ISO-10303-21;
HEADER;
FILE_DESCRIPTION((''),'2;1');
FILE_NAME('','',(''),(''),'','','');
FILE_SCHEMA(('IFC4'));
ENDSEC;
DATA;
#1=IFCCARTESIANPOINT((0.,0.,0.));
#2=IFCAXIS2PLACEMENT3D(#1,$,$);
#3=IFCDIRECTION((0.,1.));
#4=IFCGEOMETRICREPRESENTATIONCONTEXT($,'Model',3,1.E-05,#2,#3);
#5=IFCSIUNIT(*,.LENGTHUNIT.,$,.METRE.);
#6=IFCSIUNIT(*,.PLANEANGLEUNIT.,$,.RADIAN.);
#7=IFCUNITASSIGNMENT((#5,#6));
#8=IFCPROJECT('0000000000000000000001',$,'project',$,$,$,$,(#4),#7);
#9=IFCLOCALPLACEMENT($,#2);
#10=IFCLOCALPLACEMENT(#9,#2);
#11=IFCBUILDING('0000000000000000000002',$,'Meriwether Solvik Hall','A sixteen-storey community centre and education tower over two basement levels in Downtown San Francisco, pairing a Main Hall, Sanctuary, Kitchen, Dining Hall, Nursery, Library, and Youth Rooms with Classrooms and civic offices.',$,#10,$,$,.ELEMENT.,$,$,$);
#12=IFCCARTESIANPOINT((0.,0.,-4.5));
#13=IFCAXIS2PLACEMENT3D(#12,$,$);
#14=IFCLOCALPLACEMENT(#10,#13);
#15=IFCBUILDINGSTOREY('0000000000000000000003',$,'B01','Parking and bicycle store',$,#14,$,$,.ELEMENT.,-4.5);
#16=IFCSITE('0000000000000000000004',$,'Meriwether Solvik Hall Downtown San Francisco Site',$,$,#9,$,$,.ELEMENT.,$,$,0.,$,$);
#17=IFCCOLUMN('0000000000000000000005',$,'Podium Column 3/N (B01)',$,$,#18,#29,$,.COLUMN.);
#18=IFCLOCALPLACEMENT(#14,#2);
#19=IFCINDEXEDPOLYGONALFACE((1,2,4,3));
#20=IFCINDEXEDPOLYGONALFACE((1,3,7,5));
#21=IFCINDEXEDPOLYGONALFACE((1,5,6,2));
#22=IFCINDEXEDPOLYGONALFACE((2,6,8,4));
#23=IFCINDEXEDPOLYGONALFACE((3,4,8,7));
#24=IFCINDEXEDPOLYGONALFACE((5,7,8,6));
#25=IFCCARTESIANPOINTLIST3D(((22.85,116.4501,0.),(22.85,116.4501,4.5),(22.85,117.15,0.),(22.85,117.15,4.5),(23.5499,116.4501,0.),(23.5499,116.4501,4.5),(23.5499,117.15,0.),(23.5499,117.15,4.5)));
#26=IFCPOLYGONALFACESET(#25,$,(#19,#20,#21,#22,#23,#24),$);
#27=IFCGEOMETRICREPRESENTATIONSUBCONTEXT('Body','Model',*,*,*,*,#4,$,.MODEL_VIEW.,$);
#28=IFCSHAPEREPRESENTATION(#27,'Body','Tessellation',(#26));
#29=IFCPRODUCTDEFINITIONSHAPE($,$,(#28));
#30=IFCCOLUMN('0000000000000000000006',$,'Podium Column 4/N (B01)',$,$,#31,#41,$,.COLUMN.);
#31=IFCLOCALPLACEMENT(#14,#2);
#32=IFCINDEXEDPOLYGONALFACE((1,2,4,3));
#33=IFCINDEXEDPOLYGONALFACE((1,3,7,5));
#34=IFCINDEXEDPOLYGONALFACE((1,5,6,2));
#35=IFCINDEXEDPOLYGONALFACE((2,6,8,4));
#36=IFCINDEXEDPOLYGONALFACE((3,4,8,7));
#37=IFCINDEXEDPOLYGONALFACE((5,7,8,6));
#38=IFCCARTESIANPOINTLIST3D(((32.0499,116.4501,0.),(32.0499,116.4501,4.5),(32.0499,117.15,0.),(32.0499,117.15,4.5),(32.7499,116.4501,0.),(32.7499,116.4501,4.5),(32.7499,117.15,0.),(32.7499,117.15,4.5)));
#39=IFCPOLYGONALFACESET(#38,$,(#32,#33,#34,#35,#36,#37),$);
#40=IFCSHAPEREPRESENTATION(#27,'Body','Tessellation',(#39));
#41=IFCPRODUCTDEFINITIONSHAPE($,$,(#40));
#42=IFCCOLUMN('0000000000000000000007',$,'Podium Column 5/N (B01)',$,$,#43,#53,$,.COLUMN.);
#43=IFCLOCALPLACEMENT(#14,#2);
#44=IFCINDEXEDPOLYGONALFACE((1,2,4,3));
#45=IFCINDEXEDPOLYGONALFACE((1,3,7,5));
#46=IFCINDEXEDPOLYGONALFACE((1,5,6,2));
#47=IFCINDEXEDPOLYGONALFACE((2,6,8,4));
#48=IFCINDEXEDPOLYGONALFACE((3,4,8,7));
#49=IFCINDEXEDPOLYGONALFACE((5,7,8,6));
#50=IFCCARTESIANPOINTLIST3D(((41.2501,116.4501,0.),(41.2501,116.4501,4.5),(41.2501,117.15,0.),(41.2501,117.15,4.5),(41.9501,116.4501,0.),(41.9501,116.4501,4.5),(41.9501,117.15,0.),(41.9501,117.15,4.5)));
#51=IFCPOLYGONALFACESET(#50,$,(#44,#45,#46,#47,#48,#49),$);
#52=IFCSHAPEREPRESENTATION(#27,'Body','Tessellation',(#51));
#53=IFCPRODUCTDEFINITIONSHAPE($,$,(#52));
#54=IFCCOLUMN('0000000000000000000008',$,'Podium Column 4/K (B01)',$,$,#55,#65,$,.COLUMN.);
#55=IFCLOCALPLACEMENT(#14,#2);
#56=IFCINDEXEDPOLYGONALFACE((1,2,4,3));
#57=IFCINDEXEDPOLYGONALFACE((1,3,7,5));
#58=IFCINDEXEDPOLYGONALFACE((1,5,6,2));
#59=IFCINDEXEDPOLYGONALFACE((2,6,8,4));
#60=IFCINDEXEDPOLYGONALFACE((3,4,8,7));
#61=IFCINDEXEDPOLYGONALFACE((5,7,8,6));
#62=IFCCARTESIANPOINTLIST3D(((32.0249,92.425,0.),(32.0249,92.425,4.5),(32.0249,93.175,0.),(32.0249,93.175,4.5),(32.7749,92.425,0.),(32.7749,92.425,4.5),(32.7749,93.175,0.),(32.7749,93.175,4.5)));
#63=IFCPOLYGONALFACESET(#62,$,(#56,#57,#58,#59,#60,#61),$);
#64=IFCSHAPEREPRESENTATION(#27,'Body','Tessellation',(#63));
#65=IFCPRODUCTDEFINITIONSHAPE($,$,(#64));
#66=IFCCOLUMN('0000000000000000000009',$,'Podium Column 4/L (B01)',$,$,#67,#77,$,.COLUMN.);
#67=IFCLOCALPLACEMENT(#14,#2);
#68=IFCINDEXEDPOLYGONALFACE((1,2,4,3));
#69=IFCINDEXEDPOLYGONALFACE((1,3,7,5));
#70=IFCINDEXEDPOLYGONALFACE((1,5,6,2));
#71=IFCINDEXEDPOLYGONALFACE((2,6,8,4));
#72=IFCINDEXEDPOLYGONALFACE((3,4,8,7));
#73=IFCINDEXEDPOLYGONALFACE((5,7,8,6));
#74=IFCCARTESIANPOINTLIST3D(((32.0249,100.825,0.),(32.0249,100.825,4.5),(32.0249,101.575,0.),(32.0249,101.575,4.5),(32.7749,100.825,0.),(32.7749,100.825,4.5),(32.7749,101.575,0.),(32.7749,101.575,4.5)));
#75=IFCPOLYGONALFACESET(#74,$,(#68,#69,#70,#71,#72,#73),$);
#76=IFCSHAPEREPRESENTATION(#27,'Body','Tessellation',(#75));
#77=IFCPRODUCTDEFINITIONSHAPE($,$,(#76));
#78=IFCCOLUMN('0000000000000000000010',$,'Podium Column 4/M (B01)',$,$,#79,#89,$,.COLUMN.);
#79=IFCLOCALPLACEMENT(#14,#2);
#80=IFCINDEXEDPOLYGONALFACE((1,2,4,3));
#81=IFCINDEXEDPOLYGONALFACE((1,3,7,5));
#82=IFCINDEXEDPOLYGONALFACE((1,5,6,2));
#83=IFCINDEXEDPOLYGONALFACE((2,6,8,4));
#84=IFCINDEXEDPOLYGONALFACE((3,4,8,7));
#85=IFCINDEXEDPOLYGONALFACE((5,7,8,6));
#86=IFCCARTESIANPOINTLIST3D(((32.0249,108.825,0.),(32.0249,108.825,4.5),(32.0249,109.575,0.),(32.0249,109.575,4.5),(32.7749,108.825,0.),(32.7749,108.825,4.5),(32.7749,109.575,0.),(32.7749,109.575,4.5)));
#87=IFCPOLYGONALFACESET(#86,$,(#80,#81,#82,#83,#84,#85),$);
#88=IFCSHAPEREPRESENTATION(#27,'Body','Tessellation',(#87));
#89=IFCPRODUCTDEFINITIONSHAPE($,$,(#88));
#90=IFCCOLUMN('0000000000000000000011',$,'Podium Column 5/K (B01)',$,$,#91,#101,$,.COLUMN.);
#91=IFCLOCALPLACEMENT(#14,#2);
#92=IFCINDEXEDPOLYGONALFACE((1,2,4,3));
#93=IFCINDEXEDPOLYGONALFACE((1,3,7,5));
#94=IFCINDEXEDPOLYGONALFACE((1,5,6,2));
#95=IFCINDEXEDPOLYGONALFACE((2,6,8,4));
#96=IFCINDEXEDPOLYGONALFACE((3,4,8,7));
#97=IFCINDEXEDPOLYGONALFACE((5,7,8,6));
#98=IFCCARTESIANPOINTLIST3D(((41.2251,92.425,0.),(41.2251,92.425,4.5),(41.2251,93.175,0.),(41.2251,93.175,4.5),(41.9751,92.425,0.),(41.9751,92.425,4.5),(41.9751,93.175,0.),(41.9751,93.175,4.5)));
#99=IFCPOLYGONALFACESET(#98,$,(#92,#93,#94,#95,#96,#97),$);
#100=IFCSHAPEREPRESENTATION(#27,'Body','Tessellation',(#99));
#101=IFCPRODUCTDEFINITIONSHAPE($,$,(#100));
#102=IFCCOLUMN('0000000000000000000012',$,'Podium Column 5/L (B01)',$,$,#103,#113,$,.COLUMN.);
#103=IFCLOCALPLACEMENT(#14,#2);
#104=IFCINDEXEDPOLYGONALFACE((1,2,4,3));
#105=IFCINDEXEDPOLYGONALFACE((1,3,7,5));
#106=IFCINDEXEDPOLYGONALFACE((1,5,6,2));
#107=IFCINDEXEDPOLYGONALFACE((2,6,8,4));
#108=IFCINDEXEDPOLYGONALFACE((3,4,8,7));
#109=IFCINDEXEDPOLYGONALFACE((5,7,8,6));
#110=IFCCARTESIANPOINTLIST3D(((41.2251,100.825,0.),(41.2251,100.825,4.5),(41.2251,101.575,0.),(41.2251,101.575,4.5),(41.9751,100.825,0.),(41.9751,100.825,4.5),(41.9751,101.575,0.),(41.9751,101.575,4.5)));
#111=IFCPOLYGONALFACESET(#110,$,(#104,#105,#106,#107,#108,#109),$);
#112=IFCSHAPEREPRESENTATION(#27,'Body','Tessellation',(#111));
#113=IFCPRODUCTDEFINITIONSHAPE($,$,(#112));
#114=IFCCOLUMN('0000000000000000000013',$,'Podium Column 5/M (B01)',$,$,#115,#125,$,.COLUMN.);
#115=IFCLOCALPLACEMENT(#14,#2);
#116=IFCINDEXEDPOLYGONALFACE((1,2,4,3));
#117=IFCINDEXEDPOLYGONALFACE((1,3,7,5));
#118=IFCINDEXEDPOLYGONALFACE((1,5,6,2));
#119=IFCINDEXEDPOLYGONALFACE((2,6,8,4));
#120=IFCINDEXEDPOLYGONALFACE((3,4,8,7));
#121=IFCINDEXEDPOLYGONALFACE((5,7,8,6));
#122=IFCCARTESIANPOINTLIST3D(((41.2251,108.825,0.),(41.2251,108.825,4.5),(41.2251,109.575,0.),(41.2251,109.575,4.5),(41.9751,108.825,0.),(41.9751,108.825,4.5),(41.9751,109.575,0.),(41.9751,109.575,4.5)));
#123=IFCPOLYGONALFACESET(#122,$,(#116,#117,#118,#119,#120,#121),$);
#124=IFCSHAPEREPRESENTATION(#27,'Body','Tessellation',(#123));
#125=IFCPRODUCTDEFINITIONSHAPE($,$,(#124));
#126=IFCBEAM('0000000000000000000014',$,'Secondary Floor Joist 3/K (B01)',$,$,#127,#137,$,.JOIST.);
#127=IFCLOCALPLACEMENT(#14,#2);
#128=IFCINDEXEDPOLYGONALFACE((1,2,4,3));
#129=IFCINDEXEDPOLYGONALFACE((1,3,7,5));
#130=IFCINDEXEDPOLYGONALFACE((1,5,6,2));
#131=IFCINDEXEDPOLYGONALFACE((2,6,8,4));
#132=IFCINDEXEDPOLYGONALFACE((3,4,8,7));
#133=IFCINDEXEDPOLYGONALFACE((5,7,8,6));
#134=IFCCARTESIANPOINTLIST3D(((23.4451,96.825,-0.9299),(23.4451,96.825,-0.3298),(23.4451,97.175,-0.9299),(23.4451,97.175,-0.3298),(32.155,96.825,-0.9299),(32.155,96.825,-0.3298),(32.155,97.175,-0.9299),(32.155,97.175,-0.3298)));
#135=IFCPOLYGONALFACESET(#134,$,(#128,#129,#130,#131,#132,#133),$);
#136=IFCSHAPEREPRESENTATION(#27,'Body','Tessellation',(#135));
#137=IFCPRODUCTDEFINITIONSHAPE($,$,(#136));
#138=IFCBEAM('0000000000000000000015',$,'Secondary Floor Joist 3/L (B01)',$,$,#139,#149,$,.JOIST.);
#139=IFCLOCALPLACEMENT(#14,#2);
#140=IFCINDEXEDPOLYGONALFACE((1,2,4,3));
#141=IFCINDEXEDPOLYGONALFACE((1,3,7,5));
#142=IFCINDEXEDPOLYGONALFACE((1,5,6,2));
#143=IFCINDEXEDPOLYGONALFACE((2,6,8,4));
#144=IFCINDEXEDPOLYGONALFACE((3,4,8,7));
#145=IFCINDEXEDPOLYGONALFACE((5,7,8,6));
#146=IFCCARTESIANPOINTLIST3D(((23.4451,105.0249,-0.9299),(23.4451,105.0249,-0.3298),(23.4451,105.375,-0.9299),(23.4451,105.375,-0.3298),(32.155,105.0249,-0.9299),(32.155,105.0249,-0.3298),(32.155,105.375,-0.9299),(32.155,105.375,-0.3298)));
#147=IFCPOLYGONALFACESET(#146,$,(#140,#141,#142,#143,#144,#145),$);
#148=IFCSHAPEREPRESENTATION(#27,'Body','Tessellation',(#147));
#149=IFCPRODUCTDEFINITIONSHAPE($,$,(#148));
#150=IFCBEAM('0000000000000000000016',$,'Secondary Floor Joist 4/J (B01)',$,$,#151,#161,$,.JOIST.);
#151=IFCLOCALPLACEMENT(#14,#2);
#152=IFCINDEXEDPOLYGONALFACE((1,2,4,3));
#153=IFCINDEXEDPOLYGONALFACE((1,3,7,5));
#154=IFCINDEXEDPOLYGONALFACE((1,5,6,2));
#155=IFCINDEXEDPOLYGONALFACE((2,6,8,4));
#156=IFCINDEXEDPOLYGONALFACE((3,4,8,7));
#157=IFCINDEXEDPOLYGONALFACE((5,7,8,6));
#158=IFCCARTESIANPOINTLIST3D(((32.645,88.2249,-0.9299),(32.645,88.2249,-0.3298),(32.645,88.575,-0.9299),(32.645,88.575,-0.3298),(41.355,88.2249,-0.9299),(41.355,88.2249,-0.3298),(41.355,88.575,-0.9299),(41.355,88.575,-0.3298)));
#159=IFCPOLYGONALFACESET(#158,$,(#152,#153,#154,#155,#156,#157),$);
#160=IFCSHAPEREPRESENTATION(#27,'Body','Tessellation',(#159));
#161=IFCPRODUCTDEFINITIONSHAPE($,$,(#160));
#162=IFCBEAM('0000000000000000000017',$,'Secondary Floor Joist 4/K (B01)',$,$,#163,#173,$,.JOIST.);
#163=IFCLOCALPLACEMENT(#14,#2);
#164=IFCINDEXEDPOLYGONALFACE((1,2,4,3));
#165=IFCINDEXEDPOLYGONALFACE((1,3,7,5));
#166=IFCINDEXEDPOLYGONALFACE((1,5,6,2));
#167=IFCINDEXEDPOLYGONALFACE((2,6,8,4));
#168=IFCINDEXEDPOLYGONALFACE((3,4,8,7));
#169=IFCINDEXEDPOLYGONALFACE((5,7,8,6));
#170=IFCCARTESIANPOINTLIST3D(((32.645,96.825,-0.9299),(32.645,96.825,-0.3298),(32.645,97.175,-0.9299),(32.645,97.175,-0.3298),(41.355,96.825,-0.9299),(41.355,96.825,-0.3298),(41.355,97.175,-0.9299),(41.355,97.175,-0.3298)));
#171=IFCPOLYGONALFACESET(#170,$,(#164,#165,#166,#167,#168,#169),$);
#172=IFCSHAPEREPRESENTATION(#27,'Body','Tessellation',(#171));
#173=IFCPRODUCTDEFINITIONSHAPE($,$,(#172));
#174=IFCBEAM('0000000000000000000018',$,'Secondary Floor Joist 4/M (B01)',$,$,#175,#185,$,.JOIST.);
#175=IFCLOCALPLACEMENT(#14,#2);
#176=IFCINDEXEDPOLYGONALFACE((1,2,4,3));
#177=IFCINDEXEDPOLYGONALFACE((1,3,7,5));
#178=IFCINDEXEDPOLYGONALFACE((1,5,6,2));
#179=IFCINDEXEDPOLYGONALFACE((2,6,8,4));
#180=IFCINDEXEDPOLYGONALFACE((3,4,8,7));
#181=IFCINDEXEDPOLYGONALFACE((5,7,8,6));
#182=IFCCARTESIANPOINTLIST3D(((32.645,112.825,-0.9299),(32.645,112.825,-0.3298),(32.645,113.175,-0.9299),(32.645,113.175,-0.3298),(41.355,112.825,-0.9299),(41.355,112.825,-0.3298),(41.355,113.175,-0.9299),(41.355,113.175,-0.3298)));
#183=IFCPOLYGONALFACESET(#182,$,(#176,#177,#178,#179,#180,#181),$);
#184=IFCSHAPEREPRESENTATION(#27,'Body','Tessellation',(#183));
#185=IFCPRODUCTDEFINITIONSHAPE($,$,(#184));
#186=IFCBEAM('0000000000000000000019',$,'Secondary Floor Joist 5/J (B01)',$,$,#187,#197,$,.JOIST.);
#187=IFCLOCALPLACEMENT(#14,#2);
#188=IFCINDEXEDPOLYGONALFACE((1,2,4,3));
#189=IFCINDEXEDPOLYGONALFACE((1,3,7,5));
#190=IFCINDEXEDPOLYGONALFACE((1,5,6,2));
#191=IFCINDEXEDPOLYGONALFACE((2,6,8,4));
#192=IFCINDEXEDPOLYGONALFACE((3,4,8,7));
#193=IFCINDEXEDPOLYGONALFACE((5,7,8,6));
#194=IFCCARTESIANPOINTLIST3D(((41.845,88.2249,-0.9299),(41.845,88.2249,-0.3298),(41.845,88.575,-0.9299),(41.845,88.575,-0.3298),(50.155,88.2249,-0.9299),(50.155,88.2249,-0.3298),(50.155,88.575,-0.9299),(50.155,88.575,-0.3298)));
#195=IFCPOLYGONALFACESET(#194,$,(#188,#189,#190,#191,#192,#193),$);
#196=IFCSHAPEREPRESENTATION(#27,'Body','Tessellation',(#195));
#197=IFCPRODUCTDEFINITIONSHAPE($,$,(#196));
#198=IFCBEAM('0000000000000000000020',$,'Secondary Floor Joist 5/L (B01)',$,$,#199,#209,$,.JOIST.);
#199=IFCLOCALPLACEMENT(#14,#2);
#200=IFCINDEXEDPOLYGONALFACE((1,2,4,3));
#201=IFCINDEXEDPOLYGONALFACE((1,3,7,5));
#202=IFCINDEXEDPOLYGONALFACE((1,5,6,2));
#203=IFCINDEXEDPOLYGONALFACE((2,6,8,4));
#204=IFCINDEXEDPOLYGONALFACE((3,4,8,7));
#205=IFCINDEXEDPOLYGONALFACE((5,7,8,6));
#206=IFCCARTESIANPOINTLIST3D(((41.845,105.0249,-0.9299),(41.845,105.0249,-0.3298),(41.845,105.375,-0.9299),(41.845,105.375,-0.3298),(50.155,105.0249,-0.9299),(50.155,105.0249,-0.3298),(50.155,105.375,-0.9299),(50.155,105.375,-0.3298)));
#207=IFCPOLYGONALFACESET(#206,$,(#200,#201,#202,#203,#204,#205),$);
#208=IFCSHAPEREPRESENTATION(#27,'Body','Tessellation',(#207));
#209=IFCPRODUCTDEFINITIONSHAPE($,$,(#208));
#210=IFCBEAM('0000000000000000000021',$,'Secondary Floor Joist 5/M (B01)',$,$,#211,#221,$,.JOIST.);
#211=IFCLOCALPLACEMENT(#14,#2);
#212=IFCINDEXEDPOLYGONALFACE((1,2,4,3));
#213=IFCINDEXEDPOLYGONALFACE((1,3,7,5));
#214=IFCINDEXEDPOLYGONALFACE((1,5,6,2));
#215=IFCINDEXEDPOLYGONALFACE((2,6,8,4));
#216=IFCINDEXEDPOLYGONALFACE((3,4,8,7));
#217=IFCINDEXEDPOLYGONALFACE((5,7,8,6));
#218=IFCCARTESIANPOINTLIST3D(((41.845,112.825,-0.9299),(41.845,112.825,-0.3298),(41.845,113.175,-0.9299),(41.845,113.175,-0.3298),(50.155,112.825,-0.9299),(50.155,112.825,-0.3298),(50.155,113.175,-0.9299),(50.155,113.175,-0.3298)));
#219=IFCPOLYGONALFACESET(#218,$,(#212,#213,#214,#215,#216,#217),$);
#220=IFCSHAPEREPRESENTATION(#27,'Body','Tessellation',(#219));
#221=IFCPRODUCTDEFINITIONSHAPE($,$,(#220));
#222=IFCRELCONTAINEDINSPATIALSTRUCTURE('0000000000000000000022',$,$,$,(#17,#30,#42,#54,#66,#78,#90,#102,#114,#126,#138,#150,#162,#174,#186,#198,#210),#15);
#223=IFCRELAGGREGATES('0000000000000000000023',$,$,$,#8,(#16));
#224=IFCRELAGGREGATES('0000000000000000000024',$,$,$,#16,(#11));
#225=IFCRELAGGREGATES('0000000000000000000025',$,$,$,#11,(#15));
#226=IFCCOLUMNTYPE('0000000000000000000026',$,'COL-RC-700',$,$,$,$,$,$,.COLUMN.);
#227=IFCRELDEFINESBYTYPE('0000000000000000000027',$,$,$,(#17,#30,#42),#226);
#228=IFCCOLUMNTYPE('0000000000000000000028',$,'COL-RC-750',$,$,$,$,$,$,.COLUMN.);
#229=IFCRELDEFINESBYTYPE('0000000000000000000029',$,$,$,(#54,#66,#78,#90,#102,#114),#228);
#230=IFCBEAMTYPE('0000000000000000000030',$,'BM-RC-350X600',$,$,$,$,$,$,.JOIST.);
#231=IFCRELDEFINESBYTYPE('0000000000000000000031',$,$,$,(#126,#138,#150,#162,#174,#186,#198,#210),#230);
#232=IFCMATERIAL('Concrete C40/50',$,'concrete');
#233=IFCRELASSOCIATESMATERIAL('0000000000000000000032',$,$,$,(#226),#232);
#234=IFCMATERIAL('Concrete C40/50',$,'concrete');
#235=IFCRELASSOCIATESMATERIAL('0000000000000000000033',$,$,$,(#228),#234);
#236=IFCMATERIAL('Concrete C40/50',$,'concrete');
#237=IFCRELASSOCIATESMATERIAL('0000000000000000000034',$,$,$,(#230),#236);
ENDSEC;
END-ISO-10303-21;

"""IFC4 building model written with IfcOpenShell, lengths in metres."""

from ifc_helpers import new_model, si_unit, direction, frame, origin, origin_2d, place, context, subcontext, project, spatial, rectangle, extrude, material, material_profile, profile_set, type_object, element, save


model = new_model("IFC4")

# Units and contexts
model_context = context("Model", 3, precision=1e-05, world=origin(), true_north=direction((0.0, 1.0)))
body_context = subcontext(model_context, "Body", "Model", "MODEL_VIEW")
ifc_project = project(units=[si_unit("LENGTHUNIT", "METRE"), si_unit("PLANEANGLEUNIT", "RADIAN")], contexts=[model_context])

# Site, building, storey
site_placement = place(None, origin())
site = spatial("IfcSite", under=ifc_project, at=site_placement, Name="Meriwether Solvik Hall Downtown San Francisco Site", CompositionType="ELEMENT", RefElevation=0.0)
building_placement = place(site_placement, origin())
building = spatial("IfcBuilding", under=site, at=building_placement, Name="Meriwether Solvik Hall", Description="A sixteen-storey community centre and education tower over two basement levels in Downtown San Francisco, pairing a Main Hall, Sanctuary, Kitchen, Dining Hall, Nursery, Library, and Youth Rooms with Classrooms and civic offices.", CompositionType="ELEMENT")
storey_placement = place(building_placement, frame((0.0, 0.0, -4.5)))
storey = spatial("IfcBuildingStorey", under=building, at=storey_placement, Name="B01", Description="Parking and bicycle store", CompositionType="ELEMENT", Elevation=-4.5)

# Columns
ifc_material_1 = material(Name="Concrete C40/50", Category="concrete")
ifc_material_profile_1 = material_profile(ifc_material_1, rectangle(XDim=0.7, YDim=0.7, at=origin_2d()), Name="RCC-700X700")
ifc_profile_set_1 = profile_set([ifc_material_profile_1], Name="Concrete C40/50")
column_type_1 = type_object("IfcColumnType", Name="COL-RC-700", PredefinedType="COLUMN", material=ifc_profile_set_1)
for number, where, z_axis, x_axis, name in (
    (1, (23.2, 116.8, 0.0), (0.0, 0.0, 1.0), (1.0, 0.0, 0.0), "Podium Column 3/N (B01)"),
    (2, (32.3999, 116.8, 0.0), (0.0, 0.0, 1.0), (1.0, 0.0, 0.0), "Podium Column 4/N (B01)"),
    (3, (41.6001, 116.8, 0.0), (0.0, 0.0, 1.0), (1.0, 0.0, 0.0), "Podium Column 5/N (B01)"),
):
    element("IfcColumn", number, at=place(storey_placement, frame(where, z_axis=z_axis, x_axis=x_axis)), inside=storey, type_object=column_type_1, Name=name, PredefinedType="COLUMN", context=body_context, shape_type="SweptSolid", body=[
        extrude(rectangle(XDim=0.7, YDim=0.7, at=origin_2d()), origin(), (0.0, 0.0, 1.0), 4.5),
    ])
ifc_material_2 = material(Name="Concrete C40/50", Category="concrete")
ifc_material_profile_2 = material_profile(ifc_material_2, rectangle(XDim=0.75, YDim=0.75, at=origin_2d()), Name="RCC-750X750")
ifc_profile_set_2 = profile_set([ifc_material_profile_2], Name="Concrete C40/50")
column_type_2 = type_object("IfcColumnType", Name="COL-RC-750", PredefinedType="COLUMN", material=ifc_profile_set_2)
for number, where, z_axis, x_axis, name in (
    (4, (32.3999, 92.8, 0.0), (0.0, 0.0, 1.0), (1.0, 0.0, 0.0), "Podium Column 4/K (B01)"),
    (5, (32.3999, 101.2, 0.0), (0.0, 0.0, 1.0), (1.0, 0.0, 0.0), "Podium Column 4/L (B01)"),
    (6, (32.3999, 109.2, 0.0), (0.0, 0.0, 1.0), (1.0, 0.0, 0.0), "Podium Column 4/M (B01)"),
    (7, (41.6001, 92.8, 0.0), (0.0, 0.0, 1.0), (1.0, 0.0, 0.0), "Podium Column 5/K (B01)"),
    (8, (41.6001, 101.2, 0.0), (0.0, 0.0, 1.0), (1.0, 0.0, 0.0), "Podium Column 5/L (B01)"),
    (9, (41.6001, 109.2, 0.0), (0.0, 0.0, 1.0), (1.0, 0.0, 0.0), "Podium Column 5/M (B01)"),
):
    element("IfcColumn", number, at=place(storey_placement, frame(where, z_axis=z_axis, x_axis=x_axis)), inside=storey, type_object=column_type_2, Name=name, PredefinedType="COLUMN", context=body_context, shape_type="SweptSolid", body=[
        extrude(rectangle(XDim=0.75, YDim=0.75, at=origin_2d()), origin(), (0.0, 0.0, 1.0), 4.5),
    ])

# Beams
ifc_material_3 = material(Name="Concrete C40/50", Category="concrete")
ifc_material_profile_3 = material_profile(ifc_material_3, rectangle(XDim=0.3501, YDim=0.6001, at=origin_2d()), Name="RCB-350X600")
ifc_profile_set_3 = profile_set([ifc_material_profile_3], Name="Concrete C40/50")
beam_type_1 = type_object("IfcBeamType", Name="BM-RC-350X600", PredefinedType="JOIST", material=ifc_profile_set_3)
for number, where, z_axis, x_axis, name in (
    (10, (23.4451, 97.0, -0.6299), (1.0, 0.0, 0.0), (0.0, 1.0, 0.0), "Secondary Floor Joist 3/K (B01)"),
    (11, (23.4451, 105.2, -0.6299), (1.0, 0.0, 0.0), (0.0, 1.0, 0.0), "Secondary Floor Joist 3/L (B01)"),
    (12, (32.645, 88.3999, -0.6299), (1.0, 0.0, 0.0), (0.0, 1.0, 0.0), "Secondary Floor Joist 4/J (B01)"),
    (13, (32.645, 97.0, -0.6299), (1.0, 0.0, 0.0), (0.0, 1.0, 0.0), "Secondary Floor Joist 4/K (B01)"),
    (14, (32.645, 113.0, -0.6299), (1.0, 0.0, 0.0), (0.0, 1.0, 0.0), "Secondary Floor Joist 4/M (B01)"),
):
    element("IfcBeam", number, at=place(storey_placement, frame(where, z_axis=z_axis, x_axis=x_axis)), inside=storey, type_object=beam_type_1, Name=name, PredefinedType="JOIST", context=body_context, shape_type="SweptSolid", body=[
        extrude(rectangle(XDim=0.3501, YDim=0.6001, at=origin_2d()), origin(), (0.0, 0.0, 1.0), 8.71),
    ])
for number, where, z_axis, x_axis, name in (
    (15, (41.845, 88.3999, -0.6299), (1.0, 0.0, 0.0), (0.0, 1.0, 0.0), "Secondary Floor Joist 5/J (B01)"),
    (16, (41.845, 105.2, -0.6299), (1.0, 0.0, 0.0), (0.0, 1.0, 0.0), "Secondary Floor Joist 5/L (B01)"),
    (17, (41.845, 113.0, -0.6299), (1.0, 0.0, 0.0), (0.0, 1.0, 0.0), "Secondary Floor Joist 5/M (B01)"),
):
    element("IfcBeam", number, at=place(storey_placement, frame(where, z_axis=z_axis, x_axis=x_axis)), inside=storey, type_object=beam_type_1, Name=name, PredefinedType="JOIST", context=body_context, shape_type="SweptSolid", body=[
        extrude(rectangle(XDim=0.3501, YDim=0.6001, at=origin_2d()), origin(), (0.0, 0.0, 1.0), 8.3101),
    ])

save(model, "model.ifc")
